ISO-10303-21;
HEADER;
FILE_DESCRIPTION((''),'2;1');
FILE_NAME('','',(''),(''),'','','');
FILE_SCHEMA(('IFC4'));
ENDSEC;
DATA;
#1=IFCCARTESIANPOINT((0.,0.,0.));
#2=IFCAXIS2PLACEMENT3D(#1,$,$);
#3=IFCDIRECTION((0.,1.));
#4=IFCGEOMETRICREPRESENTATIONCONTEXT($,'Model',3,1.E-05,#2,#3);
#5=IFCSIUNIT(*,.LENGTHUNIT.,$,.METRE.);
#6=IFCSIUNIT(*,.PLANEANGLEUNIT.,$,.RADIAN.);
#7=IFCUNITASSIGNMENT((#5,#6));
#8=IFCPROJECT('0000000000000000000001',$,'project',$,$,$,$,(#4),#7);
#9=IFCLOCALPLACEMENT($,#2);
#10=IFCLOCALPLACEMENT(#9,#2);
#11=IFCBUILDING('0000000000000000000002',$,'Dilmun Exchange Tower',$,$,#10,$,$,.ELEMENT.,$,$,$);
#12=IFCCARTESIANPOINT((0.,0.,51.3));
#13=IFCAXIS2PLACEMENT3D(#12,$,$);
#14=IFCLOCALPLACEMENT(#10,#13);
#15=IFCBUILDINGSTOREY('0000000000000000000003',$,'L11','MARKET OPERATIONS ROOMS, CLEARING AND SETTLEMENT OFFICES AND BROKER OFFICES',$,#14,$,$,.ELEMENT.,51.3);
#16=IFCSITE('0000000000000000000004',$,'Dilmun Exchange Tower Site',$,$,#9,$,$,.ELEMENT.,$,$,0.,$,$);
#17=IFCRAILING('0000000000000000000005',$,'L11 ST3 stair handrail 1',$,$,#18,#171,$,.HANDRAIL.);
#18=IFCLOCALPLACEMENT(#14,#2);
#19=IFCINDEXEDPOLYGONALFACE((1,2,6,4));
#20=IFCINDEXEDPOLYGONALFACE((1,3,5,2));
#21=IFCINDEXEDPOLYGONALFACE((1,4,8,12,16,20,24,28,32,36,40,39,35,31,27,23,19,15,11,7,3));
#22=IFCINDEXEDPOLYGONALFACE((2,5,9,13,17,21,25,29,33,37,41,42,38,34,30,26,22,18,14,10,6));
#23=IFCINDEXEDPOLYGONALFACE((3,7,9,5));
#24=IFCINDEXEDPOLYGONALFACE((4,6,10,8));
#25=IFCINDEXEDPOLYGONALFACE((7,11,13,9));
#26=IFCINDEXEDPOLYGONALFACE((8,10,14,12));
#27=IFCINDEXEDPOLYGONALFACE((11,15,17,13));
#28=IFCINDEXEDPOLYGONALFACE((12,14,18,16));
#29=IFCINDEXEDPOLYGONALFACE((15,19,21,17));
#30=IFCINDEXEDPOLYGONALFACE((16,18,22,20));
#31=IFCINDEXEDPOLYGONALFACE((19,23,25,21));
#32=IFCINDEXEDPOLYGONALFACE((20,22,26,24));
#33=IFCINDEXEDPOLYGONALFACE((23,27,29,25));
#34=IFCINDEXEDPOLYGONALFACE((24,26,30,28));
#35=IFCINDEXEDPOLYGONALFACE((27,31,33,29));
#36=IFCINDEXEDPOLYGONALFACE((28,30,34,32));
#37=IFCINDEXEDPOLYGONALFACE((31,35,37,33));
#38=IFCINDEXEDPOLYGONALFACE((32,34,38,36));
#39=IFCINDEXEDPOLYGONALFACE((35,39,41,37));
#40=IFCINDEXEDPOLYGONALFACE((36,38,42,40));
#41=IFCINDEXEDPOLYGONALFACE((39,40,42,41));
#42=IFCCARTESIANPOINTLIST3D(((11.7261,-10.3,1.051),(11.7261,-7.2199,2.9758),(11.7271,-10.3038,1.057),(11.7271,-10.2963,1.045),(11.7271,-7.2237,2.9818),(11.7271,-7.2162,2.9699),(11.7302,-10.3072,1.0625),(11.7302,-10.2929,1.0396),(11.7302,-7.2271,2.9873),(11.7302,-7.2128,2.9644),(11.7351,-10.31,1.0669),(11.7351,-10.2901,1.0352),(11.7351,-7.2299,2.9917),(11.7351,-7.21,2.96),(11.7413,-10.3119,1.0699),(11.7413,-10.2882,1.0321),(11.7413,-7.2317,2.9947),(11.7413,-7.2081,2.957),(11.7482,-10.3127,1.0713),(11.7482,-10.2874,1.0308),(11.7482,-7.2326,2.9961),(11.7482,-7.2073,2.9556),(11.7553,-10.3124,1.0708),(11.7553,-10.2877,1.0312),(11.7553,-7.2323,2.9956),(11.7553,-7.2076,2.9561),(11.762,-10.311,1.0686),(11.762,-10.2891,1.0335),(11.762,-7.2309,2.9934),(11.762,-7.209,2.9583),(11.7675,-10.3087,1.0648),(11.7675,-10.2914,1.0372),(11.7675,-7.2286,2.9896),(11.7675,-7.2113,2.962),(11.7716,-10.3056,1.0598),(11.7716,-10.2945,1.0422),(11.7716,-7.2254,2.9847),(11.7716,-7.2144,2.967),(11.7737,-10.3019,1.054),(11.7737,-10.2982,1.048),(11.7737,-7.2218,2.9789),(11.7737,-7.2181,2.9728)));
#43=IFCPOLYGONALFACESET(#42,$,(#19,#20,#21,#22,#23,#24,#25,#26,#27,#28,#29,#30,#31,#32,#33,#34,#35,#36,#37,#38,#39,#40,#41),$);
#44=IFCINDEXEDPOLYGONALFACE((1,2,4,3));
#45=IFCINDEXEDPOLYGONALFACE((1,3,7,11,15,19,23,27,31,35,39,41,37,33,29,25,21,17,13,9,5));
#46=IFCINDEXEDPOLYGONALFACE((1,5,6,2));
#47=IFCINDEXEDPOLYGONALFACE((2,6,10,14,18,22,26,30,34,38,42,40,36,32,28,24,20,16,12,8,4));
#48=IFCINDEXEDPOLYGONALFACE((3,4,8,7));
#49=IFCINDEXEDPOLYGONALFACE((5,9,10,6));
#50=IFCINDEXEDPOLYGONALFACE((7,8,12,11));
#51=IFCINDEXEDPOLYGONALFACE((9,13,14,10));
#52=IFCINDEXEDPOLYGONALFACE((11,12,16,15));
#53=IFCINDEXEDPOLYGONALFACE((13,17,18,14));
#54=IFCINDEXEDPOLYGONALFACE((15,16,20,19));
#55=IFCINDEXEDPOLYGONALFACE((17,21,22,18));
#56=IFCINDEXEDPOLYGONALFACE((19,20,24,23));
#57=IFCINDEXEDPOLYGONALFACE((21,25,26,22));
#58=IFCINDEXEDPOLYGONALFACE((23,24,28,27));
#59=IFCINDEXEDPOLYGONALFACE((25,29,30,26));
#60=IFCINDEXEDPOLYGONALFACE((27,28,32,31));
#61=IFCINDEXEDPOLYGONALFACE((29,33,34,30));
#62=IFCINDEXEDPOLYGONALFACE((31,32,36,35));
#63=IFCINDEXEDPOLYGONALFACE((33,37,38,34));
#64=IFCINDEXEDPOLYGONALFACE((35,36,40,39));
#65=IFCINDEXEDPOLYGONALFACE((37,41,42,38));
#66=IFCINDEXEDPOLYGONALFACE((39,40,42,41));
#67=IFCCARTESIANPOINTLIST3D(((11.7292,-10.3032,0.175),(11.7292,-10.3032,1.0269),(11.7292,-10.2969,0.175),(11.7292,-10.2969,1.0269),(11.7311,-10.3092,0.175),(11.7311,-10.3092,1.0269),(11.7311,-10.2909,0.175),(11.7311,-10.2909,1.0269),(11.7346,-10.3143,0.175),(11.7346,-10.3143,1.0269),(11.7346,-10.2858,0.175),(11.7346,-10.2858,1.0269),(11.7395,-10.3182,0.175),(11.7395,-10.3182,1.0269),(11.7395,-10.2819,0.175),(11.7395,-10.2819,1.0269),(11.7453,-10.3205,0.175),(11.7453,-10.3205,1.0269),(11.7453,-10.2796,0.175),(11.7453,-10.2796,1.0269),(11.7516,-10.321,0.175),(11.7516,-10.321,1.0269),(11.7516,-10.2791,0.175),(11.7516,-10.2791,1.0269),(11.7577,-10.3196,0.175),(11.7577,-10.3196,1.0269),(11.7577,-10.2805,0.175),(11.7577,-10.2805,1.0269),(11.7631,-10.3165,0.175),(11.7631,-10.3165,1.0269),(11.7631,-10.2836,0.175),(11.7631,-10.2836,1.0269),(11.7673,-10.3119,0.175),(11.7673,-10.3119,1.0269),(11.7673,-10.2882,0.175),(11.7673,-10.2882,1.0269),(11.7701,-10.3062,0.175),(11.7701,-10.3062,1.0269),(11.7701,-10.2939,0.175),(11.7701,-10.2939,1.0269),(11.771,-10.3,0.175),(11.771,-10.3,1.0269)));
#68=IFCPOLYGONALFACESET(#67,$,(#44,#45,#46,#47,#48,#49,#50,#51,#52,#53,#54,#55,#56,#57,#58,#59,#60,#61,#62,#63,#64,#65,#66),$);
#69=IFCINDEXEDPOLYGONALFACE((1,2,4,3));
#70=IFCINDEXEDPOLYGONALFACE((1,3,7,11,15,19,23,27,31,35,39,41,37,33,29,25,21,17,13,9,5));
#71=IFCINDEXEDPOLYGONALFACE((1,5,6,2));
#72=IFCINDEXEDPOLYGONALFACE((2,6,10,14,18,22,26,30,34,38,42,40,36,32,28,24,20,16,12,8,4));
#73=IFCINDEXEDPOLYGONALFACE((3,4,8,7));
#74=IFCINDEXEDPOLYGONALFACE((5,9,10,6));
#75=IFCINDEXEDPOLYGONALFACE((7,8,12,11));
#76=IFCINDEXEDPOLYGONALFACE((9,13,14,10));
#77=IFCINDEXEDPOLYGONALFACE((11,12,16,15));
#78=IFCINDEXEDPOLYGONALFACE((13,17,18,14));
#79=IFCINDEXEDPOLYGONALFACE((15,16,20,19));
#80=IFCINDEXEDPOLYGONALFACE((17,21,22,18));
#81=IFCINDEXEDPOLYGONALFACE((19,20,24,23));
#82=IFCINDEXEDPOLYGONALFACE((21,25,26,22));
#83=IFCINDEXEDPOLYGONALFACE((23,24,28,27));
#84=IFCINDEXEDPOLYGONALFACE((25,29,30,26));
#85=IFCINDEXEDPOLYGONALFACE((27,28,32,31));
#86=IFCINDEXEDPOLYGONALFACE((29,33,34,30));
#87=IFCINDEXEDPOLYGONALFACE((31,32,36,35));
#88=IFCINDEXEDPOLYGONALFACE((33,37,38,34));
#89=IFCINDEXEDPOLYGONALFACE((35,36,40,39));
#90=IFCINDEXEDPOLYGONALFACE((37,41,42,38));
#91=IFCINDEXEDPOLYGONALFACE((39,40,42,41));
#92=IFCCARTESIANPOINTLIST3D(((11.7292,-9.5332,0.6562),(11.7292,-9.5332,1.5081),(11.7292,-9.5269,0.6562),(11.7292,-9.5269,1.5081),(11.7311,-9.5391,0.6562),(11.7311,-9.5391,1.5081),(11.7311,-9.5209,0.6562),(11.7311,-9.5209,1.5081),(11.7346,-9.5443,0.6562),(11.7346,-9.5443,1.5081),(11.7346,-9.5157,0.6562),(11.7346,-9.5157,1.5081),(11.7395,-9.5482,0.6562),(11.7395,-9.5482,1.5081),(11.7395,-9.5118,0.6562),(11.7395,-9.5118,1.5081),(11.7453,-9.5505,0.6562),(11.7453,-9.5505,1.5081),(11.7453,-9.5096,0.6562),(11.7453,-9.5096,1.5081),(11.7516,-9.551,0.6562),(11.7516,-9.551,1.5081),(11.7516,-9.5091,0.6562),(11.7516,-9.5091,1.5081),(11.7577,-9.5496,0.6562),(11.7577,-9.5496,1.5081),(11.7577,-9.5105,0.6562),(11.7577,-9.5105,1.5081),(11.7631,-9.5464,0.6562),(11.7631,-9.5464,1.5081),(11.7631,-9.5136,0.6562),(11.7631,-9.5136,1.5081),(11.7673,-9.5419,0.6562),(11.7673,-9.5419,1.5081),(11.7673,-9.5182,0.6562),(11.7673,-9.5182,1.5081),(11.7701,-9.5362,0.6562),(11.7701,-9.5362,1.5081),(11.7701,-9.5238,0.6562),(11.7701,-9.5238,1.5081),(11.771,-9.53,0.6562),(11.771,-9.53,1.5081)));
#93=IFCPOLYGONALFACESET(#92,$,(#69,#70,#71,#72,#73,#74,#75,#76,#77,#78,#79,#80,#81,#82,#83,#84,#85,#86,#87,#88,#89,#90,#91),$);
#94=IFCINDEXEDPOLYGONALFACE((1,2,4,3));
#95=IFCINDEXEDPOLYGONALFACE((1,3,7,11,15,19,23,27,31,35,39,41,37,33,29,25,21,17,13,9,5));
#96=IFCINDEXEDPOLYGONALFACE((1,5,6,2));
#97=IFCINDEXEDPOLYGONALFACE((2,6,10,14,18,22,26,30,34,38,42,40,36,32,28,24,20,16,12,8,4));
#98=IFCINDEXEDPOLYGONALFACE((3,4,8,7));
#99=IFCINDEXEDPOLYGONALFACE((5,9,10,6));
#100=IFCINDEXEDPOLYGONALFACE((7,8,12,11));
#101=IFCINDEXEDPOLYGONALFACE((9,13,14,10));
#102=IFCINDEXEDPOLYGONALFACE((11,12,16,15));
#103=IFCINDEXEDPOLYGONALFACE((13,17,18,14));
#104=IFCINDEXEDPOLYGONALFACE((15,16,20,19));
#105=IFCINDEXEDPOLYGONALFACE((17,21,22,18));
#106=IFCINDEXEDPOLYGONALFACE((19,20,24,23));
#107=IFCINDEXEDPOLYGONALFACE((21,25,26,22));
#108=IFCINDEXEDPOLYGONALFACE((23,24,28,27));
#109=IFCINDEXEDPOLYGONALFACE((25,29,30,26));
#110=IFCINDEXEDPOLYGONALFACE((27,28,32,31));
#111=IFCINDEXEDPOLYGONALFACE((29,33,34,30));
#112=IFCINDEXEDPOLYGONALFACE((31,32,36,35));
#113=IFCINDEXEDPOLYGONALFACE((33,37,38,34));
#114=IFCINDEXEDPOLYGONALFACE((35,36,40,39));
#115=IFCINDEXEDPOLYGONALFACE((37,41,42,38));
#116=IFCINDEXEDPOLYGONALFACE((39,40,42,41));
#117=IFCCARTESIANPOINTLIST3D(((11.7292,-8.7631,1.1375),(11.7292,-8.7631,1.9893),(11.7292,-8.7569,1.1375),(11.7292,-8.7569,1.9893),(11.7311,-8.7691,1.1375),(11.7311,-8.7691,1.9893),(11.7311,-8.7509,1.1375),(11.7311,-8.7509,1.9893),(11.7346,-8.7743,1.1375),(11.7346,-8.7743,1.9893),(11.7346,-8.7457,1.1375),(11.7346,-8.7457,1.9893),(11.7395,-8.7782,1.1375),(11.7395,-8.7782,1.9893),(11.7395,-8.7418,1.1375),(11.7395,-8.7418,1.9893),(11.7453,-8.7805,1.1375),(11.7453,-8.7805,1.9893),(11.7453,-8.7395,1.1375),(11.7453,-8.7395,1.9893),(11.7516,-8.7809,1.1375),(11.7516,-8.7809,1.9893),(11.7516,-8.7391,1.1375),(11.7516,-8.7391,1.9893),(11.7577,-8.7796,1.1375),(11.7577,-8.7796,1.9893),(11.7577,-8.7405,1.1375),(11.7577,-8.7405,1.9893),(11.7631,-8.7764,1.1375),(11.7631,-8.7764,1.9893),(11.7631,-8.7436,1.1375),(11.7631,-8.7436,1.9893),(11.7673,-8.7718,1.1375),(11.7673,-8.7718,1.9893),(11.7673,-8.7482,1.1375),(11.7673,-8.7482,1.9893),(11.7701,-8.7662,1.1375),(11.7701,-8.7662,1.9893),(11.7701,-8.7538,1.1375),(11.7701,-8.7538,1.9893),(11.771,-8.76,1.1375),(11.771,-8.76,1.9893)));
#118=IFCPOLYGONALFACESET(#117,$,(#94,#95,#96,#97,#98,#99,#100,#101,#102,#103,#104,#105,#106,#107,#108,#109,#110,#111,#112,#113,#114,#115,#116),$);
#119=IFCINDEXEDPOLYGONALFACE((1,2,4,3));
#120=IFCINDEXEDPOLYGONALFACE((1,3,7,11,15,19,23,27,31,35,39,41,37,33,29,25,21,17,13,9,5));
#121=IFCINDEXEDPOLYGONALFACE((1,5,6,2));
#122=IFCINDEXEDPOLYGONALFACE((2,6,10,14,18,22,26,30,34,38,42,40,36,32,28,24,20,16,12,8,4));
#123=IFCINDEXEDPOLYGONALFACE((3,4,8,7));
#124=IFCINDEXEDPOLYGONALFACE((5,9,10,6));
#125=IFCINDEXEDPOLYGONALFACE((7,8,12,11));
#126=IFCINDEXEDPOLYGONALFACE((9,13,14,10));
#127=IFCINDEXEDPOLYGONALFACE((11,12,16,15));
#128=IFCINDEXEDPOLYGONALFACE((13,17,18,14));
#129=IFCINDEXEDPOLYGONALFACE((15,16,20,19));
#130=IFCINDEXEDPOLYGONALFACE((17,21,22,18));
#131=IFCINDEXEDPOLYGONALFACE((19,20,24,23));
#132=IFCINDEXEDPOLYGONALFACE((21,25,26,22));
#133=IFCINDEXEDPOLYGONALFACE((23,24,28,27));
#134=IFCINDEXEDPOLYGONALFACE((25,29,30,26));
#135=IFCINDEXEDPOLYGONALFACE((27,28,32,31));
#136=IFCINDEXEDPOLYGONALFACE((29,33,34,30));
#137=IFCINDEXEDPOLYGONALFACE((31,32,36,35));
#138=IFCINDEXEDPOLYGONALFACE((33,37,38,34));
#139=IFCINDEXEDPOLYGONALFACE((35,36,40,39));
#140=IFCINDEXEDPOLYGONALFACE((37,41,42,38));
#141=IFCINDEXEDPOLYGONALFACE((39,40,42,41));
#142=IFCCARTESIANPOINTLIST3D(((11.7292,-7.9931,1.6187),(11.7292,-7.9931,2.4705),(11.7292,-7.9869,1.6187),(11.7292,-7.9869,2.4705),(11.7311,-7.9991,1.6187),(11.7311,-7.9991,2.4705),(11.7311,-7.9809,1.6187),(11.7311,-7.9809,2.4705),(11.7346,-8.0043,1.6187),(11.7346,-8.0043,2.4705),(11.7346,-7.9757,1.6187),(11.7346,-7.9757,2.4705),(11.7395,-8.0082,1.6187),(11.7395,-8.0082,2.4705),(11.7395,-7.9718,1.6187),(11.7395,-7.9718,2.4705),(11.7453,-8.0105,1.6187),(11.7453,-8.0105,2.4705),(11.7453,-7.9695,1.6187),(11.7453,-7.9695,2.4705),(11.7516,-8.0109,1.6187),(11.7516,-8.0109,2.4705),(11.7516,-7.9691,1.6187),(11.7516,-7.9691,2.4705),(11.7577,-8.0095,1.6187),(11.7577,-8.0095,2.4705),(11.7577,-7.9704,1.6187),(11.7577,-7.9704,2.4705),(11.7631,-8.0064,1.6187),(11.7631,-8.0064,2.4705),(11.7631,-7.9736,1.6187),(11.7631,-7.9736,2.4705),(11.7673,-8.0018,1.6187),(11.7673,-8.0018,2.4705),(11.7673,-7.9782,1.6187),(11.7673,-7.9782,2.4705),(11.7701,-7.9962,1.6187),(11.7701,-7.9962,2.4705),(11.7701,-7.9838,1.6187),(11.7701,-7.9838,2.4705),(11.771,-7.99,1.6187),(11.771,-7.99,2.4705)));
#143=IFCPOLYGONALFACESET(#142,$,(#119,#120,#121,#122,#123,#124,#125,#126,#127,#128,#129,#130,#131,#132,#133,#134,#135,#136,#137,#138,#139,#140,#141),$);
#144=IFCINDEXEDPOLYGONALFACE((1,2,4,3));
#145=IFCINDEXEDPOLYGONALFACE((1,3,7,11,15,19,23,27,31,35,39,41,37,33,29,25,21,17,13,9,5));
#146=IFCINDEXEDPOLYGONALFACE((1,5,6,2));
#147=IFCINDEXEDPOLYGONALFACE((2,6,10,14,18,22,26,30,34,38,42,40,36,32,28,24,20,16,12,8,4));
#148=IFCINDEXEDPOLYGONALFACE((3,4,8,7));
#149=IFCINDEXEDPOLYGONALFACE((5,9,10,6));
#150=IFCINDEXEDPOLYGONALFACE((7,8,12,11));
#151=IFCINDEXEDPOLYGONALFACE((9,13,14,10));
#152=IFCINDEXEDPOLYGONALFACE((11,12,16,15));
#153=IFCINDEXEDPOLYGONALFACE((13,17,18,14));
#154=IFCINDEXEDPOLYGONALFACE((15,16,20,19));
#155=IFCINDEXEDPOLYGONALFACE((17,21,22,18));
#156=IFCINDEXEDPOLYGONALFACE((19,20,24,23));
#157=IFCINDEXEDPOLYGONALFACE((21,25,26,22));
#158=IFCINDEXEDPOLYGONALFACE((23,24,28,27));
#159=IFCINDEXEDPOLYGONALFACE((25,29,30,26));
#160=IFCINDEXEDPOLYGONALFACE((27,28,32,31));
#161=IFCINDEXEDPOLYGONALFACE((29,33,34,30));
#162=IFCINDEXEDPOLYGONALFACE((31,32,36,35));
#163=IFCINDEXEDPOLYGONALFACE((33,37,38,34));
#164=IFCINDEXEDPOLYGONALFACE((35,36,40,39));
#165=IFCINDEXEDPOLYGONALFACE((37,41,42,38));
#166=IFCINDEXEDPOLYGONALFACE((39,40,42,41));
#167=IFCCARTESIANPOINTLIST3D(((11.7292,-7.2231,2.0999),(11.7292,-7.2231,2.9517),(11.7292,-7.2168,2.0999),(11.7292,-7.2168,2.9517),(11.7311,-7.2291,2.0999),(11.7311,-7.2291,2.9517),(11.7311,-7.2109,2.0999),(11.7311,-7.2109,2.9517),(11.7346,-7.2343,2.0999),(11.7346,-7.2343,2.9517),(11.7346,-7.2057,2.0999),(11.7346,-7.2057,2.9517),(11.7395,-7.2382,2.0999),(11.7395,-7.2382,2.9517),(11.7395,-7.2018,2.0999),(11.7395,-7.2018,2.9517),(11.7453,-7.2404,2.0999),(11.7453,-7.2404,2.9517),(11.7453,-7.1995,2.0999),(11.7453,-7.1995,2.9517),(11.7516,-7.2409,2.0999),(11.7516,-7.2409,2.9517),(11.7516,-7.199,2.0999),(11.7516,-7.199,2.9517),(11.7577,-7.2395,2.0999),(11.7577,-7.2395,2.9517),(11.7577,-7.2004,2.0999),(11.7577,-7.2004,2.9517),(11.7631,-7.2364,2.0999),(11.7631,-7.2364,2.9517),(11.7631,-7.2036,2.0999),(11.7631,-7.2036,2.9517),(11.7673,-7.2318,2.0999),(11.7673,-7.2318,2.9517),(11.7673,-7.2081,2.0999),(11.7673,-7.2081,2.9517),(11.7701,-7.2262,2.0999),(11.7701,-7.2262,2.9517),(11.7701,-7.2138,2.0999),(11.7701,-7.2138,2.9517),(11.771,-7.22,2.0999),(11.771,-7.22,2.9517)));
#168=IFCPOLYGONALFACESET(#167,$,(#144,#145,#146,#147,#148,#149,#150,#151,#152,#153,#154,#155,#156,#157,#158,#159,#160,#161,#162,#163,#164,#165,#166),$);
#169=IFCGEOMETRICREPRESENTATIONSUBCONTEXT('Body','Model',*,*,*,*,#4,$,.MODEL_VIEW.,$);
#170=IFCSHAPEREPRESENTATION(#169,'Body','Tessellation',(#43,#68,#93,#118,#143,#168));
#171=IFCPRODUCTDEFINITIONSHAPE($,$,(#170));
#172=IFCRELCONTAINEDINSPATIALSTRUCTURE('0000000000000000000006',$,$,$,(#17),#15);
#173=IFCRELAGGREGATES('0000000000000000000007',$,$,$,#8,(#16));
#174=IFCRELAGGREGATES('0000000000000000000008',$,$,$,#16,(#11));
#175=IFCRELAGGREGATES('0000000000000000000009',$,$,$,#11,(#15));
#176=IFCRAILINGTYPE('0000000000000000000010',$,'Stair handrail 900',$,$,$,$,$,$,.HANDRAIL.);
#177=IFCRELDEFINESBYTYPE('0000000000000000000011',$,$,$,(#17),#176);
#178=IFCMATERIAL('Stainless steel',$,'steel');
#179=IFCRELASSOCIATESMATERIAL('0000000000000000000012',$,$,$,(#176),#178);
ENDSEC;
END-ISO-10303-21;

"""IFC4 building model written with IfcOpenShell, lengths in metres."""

from ifc_helpers import new_model, si_unit, direction, frame, origin, origin_2d, place, context, subcontext, project, spatial, circle, extrude, material, type_object, element, save


model = new_model("IFC4")

# Units and contexts
model_context = context("Model", 3, precision=1e-05, world=origin(), true_north=direction((0.0, 1.0)))
body_context = subcontext(model_context, "Body", "Model", "MODEL_VIEW")
ifc_project = project(units=[si_unit("LENGTHUNIT", "METRE"), si_unit("PLANEANGLEUNIT", "RADIAN")], contexts=[model_context])

# Site, building, storey
site_placement = place(None, origin())
site = spatial("IfcSite", under=ifc_project, at=site_placement, Name="Dilmun Exchange Tower Site", CompositionType="ELEMENT", RefElevation=0.0)
building_placement = place(site_placement, origin())
building = spatial("IfcBuilding", under=site, at=building_placement, Name="Dilmun Exchange Tower", CompositionType="ELEMENT")
storey_placement = place(building_placement, frame((0.0, 0.0, 51.3)))
storey = spatial("IfcBuildingStorey", under=building, at=storey_placement, Name="L11", Description="MARKET OPERATIONS ROOMS, CLEARING AND SETTLEMENT OFFICES AND BROKER OFFICES", CompositionType="ELEMENT", Elevation=51.3)

# Railing
ifc_material_1 = material(Name="Stainless steel", Category="steel")
railing_type = type_object("IfcRailingType", Name="Stair handrail 900", PredefinedType="HANDRAIL", material=ifc_material_1)
railing_placement = place(storey_placement, frame((11.75, -10.3, 0.175)))
element("IfcRailing", 1, at=railing_placement, inside=storey, type_object=railing_type, Name="L11 ST3 stair handrail 1", PredefinedType="HANDRAIL", context=body_context, shape_type="SweptSolid", body=[
    extrude(circle(Radius=0.0239, at=origin_2d()), frame((0.0, 0.0, 0.876), z_axis=(0.0, 0.848029, 0.529951), x_axis=(-1.0, 0.0, 0.0)), (0.0, 0.0, 1.0), 3.6321),
    extrude(circle(Radius=0.021, at=origin_2d()), origin(), (0.0, 0.0, 1.0), 0.8518),
    extrude(circle(Radius=0.021, at=origin_2d()), frame((0.0, 0.77, 0.4812)), (0.0, 0.0, 1.0), 0.8518),
    extrude(circle(Radius=0.021, at=origin_2d()), frame((0.0, 1.54, 0.9624)), (0.0, 0.0, 1.0), 0.8518),
    extrude(circle(Radius=0.021, at=origin_2d()), frame((0.0, 2.3101, 1.4436)), (0.0, 0.0, 1.0), 0.8518),
    extrude(circle(Radius=0.021, at=origin_2d()), frame((0.0, 3.0801, 1.9248)), (0.0, 0.0, 1.0), 0.8518),
])

save(model, "model.ifc")
